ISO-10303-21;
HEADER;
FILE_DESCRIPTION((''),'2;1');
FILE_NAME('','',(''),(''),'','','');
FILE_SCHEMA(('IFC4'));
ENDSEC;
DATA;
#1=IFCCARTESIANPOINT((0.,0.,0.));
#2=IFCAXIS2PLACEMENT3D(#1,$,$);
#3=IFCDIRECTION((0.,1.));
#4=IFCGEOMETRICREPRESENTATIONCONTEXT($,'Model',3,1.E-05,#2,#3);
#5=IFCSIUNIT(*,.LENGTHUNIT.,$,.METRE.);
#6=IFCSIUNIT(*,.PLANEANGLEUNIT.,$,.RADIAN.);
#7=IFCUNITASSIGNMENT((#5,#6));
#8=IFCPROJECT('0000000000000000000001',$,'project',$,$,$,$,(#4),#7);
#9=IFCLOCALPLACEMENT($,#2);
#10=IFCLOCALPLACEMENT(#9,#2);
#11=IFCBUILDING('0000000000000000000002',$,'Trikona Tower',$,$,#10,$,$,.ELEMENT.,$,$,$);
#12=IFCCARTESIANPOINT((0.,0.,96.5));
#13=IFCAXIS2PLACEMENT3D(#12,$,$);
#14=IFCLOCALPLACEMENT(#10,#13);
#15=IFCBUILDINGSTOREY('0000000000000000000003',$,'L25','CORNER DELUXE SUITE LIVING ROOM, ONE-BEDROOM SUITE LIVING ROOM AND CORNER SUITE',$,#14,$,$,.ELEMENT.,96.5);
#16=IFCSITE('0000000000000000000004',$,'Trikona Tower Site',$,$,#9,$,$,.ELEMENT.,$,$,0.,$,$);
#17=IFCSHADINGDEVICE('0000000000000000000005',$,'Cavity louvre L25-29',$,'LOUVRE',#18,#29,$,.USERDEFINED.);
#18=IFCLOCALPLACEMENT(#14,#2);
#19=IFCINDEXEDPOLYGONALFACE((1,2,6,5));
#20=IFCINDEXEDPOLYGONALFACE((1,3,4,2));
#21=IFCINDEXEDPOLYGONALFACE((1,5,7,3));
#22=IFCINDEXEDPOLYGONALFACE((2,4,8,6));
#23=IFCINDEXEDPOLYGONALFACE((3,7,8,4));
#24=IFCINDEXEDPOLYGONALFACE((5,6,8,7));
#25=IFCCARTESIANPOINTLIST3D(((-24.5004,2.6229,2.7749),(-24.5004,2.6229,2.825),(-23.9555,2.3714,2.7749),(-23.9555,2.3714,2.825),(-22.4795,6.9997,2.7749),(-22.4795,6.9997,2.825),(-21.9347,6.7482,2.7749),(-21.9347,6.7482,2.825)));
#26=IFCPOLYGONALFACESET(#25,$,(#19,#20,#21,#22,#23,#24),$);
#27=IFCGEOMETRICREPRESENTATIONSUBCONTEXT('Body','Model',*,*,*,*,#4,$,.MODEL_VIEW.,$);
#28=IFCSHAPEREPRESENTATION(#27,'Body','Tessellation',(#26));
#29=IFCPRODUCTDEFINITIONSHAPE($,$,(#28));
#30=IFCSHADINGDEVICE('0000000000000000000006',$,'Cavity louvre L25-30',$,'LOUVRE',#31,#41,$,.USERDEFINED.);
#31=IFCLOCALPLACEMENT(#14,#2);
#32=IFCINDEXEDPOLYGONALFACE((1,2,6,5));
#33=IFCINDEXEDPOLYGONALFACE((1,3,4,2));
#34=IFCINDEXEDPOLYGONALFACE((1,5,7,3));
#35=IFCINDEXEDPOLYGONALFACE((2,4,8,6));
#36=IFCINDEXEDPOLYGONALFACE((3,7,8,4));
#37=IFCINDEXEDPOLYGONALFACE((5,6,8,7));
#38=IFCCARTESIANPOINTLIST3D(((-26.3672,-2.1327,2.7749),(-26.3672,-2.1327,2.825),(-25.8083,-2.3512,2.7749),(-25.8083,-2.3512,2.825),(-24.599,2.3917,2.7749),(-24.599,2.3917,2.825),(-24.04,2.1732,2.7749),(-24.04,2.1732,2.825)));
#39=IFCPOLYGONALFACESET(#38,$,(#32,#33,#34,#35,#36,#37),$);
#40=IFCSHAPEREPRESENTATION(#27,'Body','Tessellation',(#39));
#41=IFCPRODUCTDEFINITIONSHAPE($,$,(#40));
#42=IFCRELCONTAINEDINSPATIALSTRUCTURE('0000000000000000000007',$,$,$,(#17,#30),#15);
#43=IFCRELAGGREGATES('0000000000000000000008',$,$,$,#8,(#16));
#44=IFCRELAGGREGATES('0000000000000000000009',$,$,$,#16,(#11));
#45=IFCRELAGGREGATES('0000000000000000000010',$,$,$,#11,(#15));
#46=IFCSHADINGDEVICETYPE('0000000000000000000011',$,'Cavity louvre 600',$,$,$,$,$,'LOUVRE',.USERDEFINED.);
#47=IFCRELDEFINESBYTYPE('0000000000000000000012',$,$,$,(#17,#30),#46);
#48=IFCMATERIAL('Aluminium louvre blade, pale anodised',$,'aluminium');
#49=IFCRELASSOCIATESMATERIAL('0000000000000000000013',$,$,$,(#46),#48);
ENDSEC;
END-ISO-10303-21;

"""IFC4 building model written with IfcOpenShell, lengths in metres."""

from ifc_helpers import new_model, si_unit, direction, frame, origin, origin_2d, place, context, subcontext, project, spatial, rectangle, extrude, material, type_object, element, save


model = new_model("IFC4")

# Units and contexts
model_context = context("Model", 3, precision=1e-05, world=origin(), true_north=direction((0.0, 1.0)))
body_context = subcontext(model_context, "Body", "Model", "MODEL_VIEW")
ifc_project = project(units=[si_unit("LENGTHUNIT", "METRE"), si_unit("PLANEANGLEUNIT", "RADIAN")], contexts=[model_context])

# Site, building, storey
site_placement = place(None, origin())
site = spatial("IfcSite", under=ifc_project, at=site_placement, Name="Trikona Tower Site", CompositionType="ELEMENT", RefElevation=0.0)
building_placement = place(site_placement, origin())
building = spatial("IfcBuilding", under=site, at=building_placement, Name="Trikona Tower", CompositionType="ELEMENT")
storey_placement = place(building_placement, frame((0.0, 0.0, 96.5)))
storey = spatial("IfcBuildingStorey", under=building, at=storey_placement, Name="L25", Description="CORNER DELUXE SUITE LIVING ROOM, ONE-BEDROOM SUITE LIVING ROOM AND CORNER SUITE", CompositionType="ELEMENT", Elevation=96.5)

# Shading devices
ifc_material_1 = material(Name="Aluminium louvre blade, pale anodised", Category="aluminium")
shading_device_type = type_object("IfcShadingDeviceType", Name="Cavity louvre 600", ElementType="LOUVRE", PredefinedType="USERDEFINED", material=ifc_material_1)
shading_device_1_placement = place(storey_placement, frame((-23.2175, 4.6855, 2.7749), z_axis=(0.0, 0.0, 1.0), x_axis=(-0.419194, -0.907897, 0.0)))
element("IfcShadingDevice", 1, at=shading_device_1_placement, inside=storey, type_object=shading_device_type, Name="Cavity louvre L25-29", ObjectType="LOUVRE", PredefinedType="USERDEFINED", context=body_context, shape_type="SweptSolid", body=[
    extrude(rectangle(XDim=4.8208, YDim=0.6001, at=origin_2d()), origin(), (0.0, 0.0, 1.0), 0.05),
])
shading_device_2_placement = place(storey_placement, frame((-25.2036, 0.0203, 2.7749), z_axis=(0.0, 0.0, 1.0), x_axis=(-0.364009, -0.931395, 0.0)))
element("IfcShadingDevice", 2, at=shading_device_2_placement, inside=storey, type_object=shading_device_type, Name="Cavity louvre L25-30", ObjectType="LOUVRE", PredefinedType="USERDEFINED", context=body_context, shape_type="SweptSolid", body=[
    extrude(rectangle(XDim=4.8577, YDim=0.6001, at=origin_2d()), origin(), (0.0, 0.0, 1.0), 0.05),
])

save(model, "model.ifc")
